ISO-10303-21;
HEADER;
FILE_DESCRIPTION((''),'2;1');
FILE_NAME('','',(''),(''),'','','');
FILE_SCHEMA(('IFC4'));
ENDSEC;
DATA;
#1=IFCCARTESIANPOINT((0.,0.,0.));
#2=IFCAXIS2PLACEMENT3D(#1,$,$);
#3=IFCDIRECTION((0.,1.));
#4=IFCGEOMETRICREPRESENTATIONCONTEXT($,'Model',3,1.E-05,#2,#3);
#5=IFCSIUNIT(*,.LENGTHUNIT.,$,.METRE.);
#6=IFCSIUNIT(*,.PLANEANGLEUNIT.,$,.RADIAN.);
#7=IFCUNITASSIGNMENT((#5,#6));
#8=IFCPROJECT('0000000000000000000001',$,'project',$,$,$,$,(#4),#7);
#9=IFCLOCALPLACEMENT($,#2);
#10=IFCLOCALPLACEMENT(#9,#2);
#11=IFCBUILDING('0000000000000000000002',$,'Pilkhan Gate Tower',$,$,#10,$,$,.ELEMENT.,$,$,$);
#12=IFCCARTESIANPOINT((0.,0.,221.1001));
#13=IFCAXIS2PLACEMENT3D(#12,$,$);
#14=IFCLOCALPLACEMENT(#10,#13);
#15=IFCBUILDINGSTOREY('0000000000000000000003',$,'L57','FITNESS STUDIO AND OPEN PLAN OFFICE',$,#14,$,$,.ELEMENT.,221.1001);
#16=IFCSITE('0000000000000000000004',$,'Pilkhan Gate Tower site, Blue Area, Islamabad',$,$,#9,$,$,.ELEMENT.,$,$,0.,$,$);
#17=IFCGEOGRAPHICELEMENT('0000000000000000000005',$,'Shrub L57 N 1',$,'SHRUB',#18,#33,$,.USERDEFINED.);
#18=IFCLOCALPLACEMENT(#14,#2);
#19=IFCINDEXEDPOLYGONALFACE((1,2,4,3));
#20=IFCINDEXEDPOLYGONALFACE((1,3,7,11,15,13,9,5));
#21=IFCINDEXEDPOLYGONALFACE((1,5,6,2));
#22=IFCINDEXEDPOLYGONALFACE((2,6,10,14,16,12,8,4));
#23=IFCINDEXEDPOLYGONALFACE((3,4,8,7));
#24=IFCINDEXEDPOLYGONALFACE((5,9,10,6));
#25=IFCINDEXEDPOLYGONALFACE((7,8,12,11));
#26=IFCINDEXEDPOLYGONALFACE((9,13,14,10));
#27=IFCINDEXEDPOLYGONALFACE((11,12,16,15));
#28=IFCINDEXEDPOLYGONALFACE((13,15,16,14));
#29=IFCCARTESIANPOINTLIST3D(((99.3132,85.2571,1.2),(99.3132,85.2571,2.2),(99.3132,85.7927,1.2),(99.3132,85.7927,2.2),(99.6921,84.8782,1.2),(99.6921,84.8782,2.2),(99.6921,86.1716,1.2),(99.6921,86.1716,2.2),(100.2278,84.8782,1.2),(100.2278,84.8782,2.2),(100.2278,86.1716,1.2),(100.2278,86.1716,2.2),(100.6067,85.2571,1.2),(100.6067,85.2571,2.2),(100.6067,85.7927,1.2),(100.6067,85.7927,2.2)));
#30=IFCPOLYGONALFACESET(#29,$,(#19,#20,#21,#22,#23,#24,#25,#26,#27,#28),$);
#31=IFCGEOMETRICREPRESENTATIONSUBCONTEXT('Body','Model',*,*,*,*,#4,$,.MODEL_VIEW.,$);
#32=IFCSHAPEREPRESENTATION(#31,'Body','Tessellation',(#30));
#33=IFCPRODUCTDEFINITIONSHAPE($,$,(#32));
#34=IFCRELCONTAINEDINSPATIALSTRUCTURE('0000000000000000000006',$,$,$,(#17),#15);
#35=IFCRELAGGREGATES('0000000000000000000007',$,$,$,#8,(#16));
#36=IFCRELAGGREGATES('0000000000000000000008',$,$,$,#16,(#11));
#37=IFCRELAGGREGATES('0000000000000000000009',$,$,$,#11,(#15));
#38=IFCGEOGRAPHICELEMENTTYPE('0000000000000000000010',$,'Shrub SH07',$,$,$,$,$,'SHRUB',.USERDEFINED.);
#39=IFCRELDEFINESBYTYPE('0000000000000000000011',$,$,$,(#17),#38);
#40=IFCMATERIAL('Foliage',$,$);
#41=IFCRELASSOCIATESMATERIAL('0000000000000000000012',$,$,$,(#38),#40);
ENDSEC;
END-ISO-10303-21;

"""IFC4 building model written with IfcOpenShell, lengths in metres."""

from ifc_helpers import new_model, si_unit, direction, frame, origin, place, context, subcontext, project, spatial, polyline, outline, extrude, material, material_profile, profile_set, type_object, element, save


model = new_model("IFC4")

# Units and contexts
model_context = context("Model", 3, precision=1e-05, world=origin(), true_north=direction((0.0, 1.0)))
body_context = subcontext(model_context, "Body", "Model", "MODEL_VIEW")
ifc_project = project(units=[si_unit("LENGTHUNIT", "METRE"), si_unit("PLANEANGLEUNIT", "RADIAN")], contexts=[model_context])

# Site, building, storey
site_placement = place(None, origin())
site = spatial("IfcSite", under=ifc_project, at=site_placement, Name="Pilkhan Gate Tower site, Blue Area, Islamabad", CompositionType="ELEMENT", RefElevation=0.0)
building_placement = place(site_placement, origin())
building = spatial("IfcBuilding", under=site, at=building_placement, Name="Pilkhan Gate Tower", CompositionType="ELEMENT")
storey_placement = place(building_placement, frame((0.0, 0.0, 221.1001)))
storey = spatial("IfcBuildingStorey", under=building, at=storey_placement, Name="L57", Description="FITNESS STUDIO AND OPEN PLAN OFFICE", CompositionType="ELEMENT", Elevation=221.1001)

# Geographic element
ifc_material_1 = material(Name="Foliage")
ifc_material_profile_1 = material_profile(ifc_material_1, outline(polyline([(0.6467, 0.2678), (0.2678, 0.6467), (-0.2678, 0.6467), (-0.6467, 0.2678), (-0.6467, -0.2678), (-0.2678, -0.6467), (0.2678, -0.6467), (0.6467, -0.2678), (0.6467, 0.2678)])), Name="Shrub D1.4")
ifc_profile_set_1 = profile_set([ifc_material_profile_1], Name="Foliage")
geographic_element_type_1 = type_object("IfcGeographicElementType", Name="Shrub SH07", ElementType="SHRUB", PredefinedType="USERDEFINED", material=ifc_profile_set_1)
geographic_element_1_placement = place(storey_placement, frame((99.96, 85.5249, 1.2), z_axis=(0.0, 0.0, 1.0), x_axis=(1.0, 0.0, 0.0)))
element("IfcGeographicElement", 1, at=geographic_element_1_placement, inside=storey, type_object=geographic_element_type_1, Name="Shrub L57 N 1", ObjectType="SHRUB", PredefinedType="USERDEFINED", context=body_context, shape_type="SweptSolid", body=[
    extrude(outline(polyline([(0.6467, 0.2678), (0.2678, 0.6467), (-0.2678, 0.6467), (-0.6467, 0.2678), (-0.6467, -0.2678), (-0.2678, -0.6467), (0.2678, -0.6467), (0.6467, -0.2678), (0.6467, 0.2678)])), origin(), (0.0, 0.0, 1.0), 1.0),
])

save(model, "model.ifc")
